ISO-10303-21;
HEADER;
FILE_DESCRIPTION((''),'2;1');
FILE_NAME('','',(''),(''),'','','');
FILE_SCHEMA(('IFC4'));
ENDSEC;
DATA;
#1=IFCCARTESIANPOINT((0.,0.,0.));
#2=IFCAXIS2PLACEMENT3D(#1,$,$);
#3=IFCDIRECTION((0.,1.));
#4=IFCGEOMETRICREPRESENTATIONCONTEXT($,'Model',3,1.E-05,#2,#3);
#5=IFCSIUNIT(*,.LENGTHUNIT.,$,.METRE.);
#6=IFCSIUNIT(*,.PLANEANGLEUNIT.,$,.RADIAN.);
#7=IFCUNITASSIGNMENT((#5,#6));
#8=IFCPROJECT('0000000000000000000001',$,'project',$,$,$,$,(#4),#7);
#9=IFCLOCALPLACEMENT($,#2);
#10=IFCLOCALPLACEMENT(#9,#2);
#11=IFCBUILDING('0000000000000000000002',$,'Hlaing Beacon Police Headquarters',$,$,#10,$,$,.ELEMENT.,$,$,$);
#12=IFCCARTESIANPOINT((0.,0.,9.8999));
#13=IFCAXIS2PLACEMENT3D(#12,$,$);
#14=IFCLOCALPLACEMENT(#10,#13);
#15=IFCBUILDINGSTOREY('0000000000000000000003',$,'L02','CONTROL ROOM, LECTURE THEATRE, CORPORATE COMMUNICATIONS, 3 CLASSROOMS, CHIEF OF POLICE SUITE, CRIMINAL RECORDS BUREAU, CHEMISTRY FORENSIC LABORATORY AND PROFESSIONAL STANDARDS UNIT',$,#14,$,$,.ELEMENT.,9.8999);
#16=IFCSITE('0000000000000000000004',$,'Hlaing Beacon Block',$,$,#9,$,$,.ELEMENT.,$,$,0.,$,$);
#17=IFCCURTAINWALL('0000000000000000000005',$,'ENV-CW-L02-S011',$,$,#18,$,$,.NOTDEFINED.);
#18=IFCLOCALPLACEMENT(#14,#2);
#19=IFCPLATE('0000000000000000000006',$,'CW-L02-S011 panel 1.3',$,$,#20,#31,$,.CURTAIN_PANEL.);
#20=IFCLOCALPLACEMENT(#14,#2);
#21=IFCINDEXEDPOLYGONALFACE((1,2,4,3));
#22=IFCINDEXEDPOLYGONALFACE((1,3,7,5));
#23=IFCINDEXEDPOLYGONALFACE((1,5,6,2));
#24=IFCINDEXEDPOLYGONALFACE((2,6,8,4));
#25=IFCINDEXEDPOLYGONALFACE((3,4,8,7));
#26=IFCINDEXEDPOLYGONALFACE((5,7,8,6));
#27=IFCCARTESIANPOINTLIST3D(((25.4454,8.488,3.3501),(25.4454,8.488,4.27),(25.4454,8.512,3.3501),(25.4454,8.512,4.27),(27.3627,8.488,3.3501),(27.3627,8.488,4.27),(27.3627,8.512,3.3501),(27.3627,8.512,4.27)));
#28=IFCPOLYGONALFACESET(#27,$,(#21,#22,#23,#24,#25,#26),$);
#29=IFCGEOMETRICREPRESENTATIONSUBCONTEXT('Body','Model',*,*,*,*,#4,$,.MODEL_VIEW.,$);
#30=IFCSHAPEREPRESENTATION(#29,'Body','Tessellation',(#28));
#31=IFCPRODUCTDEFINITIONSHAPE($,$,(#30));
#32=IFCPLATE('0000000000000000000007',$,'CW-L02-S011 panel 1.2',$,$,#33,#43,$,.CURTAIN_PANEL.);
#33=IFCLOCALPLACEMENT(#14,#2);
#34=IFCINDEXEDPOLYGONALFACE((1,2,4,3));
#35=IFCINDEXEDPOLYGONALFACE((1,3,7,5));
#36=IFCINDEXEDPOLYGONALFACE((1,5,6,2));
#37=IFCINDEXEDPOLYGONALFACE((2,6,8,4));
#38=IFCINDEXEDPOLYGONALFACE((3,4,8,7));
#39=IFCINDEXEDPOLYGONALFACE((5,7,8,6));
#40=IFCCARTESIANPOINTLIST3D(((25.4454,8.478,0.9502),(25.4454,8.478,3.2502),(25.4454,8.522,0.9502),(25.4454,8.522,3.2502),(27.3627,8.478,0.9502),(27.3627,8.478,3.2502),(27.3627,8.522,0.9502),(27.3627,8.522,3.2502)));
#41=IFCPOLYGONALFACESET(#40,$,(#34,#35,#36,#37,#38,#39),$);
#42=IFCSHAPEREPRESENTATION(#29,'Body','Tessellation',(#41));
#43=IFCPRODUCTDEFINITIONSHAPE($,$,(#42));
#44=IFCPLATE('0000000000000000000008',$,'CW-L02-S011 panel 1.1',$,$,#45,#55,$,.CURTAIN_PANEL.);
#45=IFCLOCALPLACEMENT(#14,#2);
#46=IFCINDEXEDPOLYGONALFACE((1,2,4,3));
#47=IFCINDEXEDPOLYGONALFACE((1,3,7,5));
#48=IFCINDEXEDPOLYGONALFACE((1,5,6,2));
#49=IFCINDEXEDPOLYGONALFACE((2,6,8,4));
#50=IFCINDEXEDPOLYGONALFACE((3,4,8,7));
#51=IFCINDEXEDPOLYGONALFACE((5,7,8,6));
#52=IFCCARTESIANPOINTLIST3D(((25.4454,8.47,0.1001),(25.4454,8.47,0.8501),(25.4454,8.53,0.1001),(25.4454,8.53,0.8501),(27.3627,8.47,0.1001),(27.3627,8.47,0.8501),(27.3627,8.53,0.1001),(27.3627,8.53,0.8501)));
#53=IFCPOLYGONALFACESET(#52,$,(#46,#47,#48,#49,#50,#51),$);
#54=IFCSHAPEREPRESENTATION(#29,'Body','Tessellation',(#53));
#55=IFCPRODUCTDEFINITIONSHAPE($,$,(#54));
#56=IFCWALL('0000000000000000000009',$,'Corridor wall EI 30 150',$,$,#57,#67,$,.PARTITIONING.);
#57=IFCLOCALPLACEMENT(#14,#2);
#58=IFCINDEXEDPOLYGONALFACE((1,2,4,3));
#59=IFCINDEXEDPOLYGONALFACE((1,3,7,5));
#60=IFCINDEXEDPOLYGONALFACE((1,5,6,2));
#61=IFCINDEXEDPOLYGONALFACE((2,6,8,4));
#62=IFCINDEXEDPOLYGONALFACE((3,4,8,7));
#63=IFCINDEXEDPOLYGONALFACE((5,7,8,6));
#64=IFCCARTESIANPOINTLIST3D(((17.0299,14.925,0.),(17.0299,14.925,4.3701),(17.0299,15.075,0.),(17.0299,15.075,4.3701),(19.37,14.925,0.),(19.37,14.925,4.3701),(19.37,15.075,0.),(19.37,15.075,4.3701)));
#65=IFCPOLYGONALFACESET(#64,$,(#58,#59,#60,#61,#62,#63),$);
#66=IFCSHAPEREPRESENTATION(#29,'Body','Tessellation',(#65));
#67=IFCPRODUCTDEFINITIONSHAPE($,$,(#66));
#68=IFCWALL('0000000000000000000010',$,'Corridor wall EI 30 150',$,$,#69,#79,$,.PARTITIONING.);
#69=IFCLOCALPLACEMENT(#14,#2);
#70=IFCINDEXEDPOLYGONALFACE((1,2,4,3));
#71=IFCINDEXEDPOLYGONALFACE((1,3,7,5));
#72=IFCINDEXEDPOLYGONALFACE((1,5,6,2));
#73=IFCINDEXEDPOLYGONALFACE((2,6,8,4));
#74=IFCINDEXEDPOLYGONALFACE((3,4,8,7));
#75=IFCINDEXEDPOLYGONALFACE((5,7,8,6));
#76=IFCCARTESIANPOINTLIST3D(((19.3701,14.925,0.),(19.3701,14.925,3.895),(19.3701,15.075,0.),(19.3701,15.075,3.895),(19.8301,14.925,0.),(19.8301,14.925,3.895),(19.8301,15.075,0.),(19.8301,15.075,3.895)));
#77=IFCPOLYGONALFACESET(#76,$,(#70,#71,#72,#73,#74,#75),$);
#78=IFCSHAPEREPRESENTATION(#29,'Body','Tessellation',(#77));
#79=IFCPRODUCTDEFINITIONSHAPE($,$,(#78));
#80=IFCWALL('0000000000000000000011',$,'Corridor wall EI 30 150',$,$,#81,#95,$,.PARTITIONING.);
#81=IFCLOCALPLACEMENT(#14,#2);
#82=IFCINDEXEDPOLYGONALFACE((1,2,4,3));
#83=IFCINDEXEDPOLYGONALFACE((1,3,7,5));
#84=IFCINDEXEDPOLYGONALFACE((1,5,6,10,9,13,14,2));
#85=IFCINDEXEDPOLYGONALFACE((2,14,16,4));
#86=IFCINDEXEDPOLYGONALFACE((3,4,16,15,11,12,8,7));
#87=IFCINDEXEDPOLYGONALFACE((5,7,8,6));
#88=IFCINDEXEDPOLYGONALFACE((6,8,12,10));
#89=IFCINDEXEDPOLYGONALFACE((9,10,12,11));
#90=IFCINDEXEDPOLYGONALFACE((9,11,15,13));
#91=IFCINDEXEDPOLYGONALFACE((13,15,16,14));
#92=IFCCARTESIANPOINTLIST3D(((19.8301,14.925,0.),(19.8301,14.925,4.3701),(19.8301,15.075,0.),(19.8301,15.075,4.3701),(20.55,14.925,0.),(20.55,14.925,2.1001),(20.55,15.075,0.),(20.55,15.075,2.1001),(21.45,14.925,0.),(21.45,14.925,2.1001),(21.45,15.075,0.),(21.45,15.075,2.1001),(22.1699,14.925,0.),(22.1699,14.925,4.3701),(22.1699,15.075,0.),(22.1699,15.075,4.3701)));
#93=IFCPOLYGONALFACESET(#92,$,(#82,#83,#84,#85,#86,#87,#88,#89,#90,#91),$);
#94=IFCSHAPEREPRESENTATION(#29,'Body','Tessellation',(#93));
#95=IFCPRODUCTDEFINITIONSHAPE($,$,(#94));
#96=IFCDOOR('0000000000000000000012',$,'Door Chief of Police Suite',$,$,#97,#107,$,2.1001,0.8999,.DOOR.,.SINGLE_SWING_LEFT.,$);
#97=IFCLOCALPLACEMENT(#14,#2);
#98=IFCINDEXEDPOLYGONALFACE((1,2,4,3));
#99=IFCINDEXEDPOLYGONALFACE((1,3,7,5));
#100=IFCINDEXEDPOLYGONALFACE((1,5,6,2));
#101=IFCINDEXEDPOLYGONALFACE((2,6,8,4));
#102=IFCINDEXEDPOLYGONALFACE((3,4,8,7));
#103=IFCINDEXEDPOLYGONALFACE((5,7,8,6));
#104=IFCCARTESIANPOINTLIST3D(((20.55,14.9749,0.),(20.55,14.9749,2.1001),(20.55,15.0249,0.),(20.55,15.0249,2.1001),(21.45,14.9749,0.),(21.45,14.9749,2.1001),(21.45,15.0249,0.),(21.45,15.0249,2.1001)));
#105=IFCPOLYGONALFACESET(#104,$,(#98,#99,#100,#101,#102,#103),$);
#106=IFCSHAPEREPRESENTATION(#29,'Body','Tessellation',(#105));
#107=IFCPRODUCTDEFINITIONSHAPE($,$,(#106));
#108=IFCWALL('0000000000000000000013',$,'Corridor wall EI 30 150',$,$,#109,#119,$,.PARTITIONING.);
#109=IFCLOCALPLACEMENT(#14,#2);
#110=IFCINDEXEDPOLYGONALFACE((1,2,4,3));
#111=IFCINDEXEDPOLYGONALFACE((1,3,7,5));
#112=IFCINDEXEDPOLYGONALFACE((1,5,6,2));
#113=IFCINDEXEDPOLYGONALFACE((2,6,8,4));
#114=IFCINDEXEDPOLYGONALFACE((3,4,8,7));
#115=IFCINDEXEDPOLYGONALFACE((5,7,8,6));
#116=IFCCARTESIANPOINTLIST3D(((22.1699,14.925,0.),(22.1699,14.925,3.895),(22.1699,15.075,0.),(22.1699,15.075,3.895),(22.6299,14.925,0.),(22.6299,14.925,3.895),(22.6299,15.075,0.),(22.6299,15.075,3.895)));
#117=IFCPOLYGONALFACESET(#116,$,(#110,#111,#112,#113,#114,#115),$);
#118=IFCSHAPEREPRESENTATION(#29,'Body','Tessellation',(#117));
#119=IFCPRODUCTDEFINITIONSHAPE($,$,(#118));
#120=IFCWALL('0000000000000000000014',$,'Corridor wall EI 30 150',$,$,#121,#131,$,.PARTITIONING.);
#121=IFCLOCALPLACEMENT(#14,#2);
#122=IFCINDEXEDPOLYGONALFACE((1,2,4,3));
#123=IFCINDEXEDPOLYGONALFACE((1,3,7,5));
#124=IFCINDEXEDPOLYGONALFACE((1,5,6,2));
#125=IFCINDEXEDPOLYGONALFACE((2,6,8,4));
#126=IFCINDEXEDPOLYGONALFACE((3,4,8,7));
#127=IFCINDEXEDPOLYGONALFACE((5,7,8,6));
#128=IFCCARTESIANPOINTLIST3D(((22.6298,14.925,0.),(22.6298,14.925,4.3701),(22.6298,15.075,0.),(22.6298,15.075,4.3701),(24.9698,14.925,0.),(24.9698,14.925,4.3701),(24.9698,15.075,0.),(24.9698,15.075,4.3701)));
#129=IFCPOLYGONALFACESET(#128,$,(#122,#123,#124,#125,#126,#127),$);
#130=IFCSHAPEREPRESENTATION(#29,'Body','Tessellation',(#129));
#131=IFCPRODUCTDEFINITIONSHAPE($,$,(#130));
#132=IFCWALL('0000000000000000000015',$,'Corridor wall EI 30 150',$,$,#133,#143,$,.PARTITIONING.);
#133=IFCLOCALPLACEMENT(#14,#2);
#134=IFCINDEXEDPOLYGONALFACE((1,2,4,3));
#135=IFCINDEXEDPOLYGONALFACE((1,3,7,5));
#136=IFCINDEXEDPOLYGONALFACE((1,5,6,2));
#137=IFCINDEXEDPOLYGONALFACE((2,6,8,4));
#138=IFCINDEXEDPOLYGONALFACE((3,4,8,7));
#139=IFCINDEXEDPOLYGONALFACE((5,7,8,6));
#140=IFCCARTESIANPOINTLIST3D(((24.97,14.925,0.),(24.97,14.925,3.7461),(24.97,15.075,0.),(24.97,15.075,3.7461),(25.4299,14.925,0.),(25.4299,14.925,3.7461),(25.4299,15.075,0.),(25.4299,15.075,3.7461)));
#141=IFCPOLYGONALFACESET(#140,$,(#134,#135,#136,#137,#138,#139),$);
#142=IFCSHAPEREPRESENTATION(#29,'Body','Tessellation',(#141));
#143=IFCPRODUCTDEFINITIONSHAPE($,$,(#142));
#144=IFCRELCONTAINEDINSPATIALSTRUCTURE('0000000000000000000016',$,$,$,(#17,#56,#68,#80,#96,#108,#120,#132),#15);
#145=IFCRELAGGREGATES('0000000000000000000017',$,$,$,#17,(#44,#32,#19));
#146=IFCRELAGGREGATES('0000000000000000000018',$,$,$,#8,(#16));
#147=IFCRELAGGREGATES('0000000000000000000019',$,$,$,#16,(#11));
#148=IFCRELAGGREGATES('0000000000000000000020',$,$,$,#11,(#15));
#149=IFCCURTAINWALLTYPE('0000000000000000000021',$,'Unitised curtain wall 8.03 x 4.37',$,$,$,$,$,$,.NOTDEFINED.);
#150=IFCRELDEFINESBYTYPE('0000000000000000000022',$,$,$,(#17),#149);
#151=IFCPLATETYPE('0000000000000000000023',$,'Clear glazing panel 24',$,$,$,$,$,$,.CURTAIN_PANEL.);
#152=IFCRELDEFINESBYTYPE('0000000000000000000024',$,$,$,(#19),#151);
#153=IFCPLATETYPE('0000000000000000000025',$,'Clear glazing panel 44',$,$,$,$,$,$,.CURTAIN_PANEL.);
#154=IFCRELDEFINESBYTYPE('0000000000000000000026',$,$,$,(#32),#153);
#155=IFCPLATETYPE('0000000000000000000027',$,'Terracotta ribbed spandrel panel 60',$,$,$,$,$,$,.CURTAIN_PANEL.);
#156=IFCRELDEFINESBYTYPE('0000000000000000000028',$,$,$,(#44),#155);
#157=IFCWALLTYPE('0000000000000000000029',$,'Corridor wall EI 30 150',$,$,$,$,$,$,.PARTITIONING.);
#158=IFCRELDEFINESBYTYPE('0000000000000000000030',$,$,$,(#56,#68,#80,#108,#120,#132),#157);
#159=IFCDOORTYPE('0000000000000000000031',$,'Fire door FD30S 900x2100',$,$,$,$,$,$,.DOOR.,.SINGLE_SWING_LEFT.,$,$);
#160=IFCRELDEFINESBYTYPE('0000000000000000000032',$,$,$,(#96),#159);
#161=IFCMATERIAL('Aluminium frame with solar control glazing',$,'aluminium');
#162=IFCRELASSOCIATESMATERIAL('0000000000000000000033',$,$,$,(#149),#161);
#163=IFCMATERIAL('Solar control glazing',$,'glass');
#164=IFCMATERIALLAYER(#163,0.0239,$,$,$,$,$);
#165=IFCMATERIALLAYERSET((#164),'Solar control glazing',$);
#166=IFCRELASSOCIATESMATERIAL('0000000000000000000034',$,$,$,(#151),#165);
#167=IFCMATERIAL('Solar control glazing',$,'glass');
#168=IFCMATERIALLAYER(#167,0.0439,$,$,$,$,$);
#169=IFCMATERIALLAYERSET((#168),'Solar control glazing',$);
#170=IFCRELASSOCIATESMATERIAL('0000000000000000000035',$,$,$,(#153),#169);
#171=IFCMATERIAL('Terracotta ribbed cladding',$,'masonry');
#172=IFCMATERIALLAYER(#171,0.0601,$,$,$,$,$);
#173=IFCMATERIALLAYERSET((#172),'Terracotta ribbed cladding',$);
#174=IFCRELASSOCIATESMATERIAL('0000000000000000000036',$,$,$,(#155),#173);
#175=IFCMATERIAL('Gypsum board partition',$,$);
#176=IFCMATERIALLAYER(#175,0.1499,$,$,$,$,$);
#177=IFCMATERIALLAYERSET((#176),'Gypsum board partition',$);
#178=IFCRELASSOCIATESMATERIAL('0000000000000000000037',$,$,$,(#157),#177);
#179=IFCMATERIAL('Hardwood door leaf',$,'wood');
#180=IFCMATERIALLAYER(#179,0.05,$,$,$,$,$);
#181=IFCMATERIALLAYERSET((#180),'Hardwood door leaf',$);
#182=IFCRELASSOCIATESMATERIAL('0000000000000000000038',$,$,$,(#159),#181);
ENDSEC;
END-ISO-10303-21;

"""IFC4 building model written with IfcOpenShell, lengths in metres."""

from ifc_helpers import new_model, si_unit, direction, frame, frame_2d, origin, origin_2d, place, context, subcontext, project, spatial, rectangle, extrude, material, layer, layer_set, type_object, element, fill, aggregate, save


model = new_model("IFC4")

# Units and contexts
model_context = context("Model", 3, precision=1e-05, world=origin(), true_north=direction((0.0, 1.0)))
body_context = subcontext(model_context, "Body", "Model", "MODEL_VIEW")
ifc_project = project(units=[si_unit("LENGTHUNIT", "METRE"), si_unit("PLANEANGLEUNIT", "RADIAN")], contexts=[model_context])

# Site, building, storey
site_placement = place(None, origin())
site = spatial("IfcSite", under=ifc_project, at=site_placement, Name="Hlaing Beacon Block", CompositionType="ELEMENT", RefElevation=0.0)
building_placement = place(site_placement, origin())
building = spatial("IfcBuilding", under=site, at=building_placement, Name="Hlaing Beacon Police Headquarters", CompositionType="ELEMENT")
storey_placement = place(building_placement, frame((0.0, 0.0, 9.8999)))
storey = spatial("IfcBuildingStorey", under=building, at=storey_placement, Name="L02", Description="CONTROL ROOM, LECTURE THEATRE, CORPORATE COMMUNICATIONS, 3 CLASSROOMS, CHIEF OF POLICE SUITE, CRIMINAL RECORDS BUREAU, CHEMISTRY FORENSIC LABORATORY AND PROFESSIONAL STANDARDS UNIT", CompositionType="ELEMENT", Elevation=9.8999)

# Curtain wall, plates
ifc_material_1 = material(Name="Aluminium frame with solar control glazing", Category="aluminium")
curtain_wall_type_1 = type_object("IfcCurtainWallType", Name="Unitised curtain wall 8.03 x 4.37", PredefinedType="NOTDEFINED", material=ifc_material_1)
curtain_wall_1_placement = place(storey_placement, origin())
curtain_wall_1 = element("IfcCurtainWall", 1, at=curtain_wall_1_placement, inside=storey, type_object=curtain_wall_type_1, Name="ENV-CW-L02-S011", PredefinedType="NOTDEFINED")
ifc_material_2 = material(Name="Solar control glazing", Category="glass")
ifc_layer_1 = layer(ifc_material_2, 0.0239)
ifc_layer_set_1 = layer_set([ifc_layer_1], Name="Solar control glazing")
plate_type_1 = type_object("IfcPlateType", Name="Clear glazing panel 24", PredefinedType="CURTAIN_PANEL", material=ifc_layer_set_1)
plate_1_placement = place(storey_placement, frame((26.4041, 8.5, 3.3501), z_axis=(0.0, 0.0, 1.0), x_axis=(1.0, 0.0, 0.0)))
plate_1 = element("IfcPlate", 2, at=plate_1_placement, type_object=plate_type_1, Name="CW-L02-S011 panel 1.3", PredefinedType="CURTAIN_PANEL", context=body_context, shape_type="SweptSolid", body=[
    extrude(rectangle(XDim=1.9172, YDim=0.0239, at=origin_2d()), origin(), (0.0, 0.0, 1.0), 0.9199),
])
ifc_material_3 = material(Name="Solar control glazing", Category="glass")
ifc_layer_2 = layer(ifc_material_3, 0.0439)
ifc_layer_set_2 = layer_set([ifc_layer_2], Name="Solar control glazing")
plate_type_2 = type_object("IfcPlateType", Name="Clear glazing panel 44", PredefinedType="CURTAIN_PANEL", material=ifc_layer_set_2)
plate_2_placement = place(storey_placement, frame((26.4041, 8.5, 0.9502), z_axis=(0.0, 0.0, 1.0), x_axis=(1.0, 0.0, 0.0)))
plate_2 = element("IfcPlate", 3, at=plate_2_placement, type_object=plate_type_2, Name="CW-L02-S011 panel 1.2", PredefinedType="CURTAIN_PANEL", context=body_context, shape_type="SweptSolid", body=[
    extrude(rectangle(XDim=1.9172, YDim=0.0439, at=origin_2d()), origin(), (0.0, 0.0, 1.0), 2.3),
])
ifc_material_4 = material(Name="Terracotta ribbed cladding", Category="masonry")
ifc_layer_3 = layer(ifc_material_4, 0.0601)
ifc_layer_set_3 = layer_set([ifc_layer_3], Name="Terracotta ribbed cladding")
plate_type_3 = type_object("IfcPlateType", Name="Terracotta ribbed spandrel panel 60", PredefinedType="CURTAIN_PANEL", material=ifc_layer_set_3)
plate_3_placement = place(storey_placement, frame((26.4041, 8.5, 0.1001), z_axis=(0.0, 0.0, 1.0), x_axis=(1.0, 0.0, 0.0)))
plate_3 = element("IfcPlate", 4, at=plate_3_placement, type_object=plate_type_3, Name="CW-L02-S011 panel 1.1", PredefinedType="CURTAIN_PANEL", context=body_context, shape_type="SweptSolid", body=[
    extrude(rectangle(XDim=1.9172, YDim=0.0601, at=origin_2d()), origin(), (0.0, 0.0, 1.0), 0.75),
])
aggregate(curtain_wall_1, [plate_3, plate_2, plate_1])

# Walls
ifc_material_5 = material(Name="Gypsum board partition")
ifc_layer_4 = layer(ifc_material_5, 0.1499)
ifc_layer_set_4 = layer_set([ifc_layer_4], Name="Gypsum board partition")
wall_type = type_object("IfcWallType", Name="Corridor wall EI 30 150", PredefinedType="PARTITIONING", material=ifc_layer_set_4)
wall_1_placement = place(storey_placement, frame((17.03, 15.0, 0.0), z_axis=(0.0, 0.0, 1.0), x_axis=(1.0, 0.0, 0.0)))
element("IfcWall", 5, at=wall_1_placement, inside=storey, type_object=wall_type, Name="Corridor wall EI 30 150", PredefinedType="PARTITIONING", context=body_context, shape_type="SweptSolid", body=[
    extrude(rectangle(XDim=2.3401, YDim=0.1499, at=frame_2d((1.1699, 0.0))), origin(), (0.0, 0.0, 1.0), 4.3701),
])
wall_2_placement = place(storey_placement, frame((19.3701, 15.0, 0.0), z_axis=(0.0, 0.0, 1.0), x_axis=(1.0, 0.0, 0.0)))
element("IfcWall", 6, at=wall_2_placement, inside=storey, type_object=wall_type, Name="Corridor wall EI 30 150", PredefinedType="PARTITIONING", context=body_context, shape_type="SweptSolid", body=[
    extrude(rectangle(XDim=0.46, YDim=0.1499, at=frame_2d((0.23, 0.0))), origin(), (0.0, 0.0, 1.0), 3.895),
])

# Wall, opening, door
wall_3_placement = place(storey_placement, frame((19.8301, 15.0, 0.0), z_axis=(0.0, 0.0, 1.0), x_axis=(1.0, 0.0, 0.0)))
wall_3 = element("IfcWall", 7, at=wall_3_placement, inside=storey, type_object=wall_type, Name="Corridor wall EI 30 150", PredefinedType="PARTITIONING", context=body_context, shape_type="SweptSolid", body=[
    extrude(rectangle(XDim=2.3398, YDim=0.1499, at=frame_2d((1.1699, 0.0))), origin(), (0.0, 0.0, 1.0), 4.3701),
])
opening_placement = place(wall_3_placement, frame((0.72, 0.0, 0.0)))
opening = element("IfcOpeningElement", 8, at=opening_placement, cuts=wall_3, PredefinedType="OPENING", context=body_context, shape_type="SweptSolid", body=[
    extrude(rectangle(XDim=0.8999, YDim=2.1001, at=frame_2d((0.45, 1.05))), frame((0.0, 0.085, 0.0), z_axis=(0.0, -1.0, 0.0), x_axis=(1.0, 0.0, 0.0)), (0.0, 0.0, 1.0), 0.1699),
])
ifc_material_6 = material(Name="Hardwood door leaf", Category="wood")
ifc_layer_5 = layer(ifc_material_6, 0.05)
ifc_layer_set_5 = layer_set([ifc_layer_5], Name="Hardwood door leaf")
door_type = type_object("IfcDoorType", Name="Fire door FD30S 900x2100", OperationType="SINGLE_SWING_LEFT", PredefinedType="DOOR", material=ifc_layer_set_5)
door_placement = place(opening_placement, frame((0.8999, 0.0, 0.0), z_axis=(0.0, 0.0, 1.0), x_axis=(-1.0, 0.0, 0.0)))
door = element("IfcDoor", 9, at=door_placement, inside=storey, type_object=door_type, Name="Door Chief of Police Suite", OperationType="SINGLE_SWING_LEFT", OverallHeight=2.1001, OverallWidth=0.8999, PredefinedType="DOOR", context=body_context, shape_type="SweptSolid", body=[
    extrude(rectangle(XDim=0.8999, YDim=2.1001, at=frame_2d((0.45, 1.05))), frame((0.0, 0.0251, 0.0), z_axis=(0.0, -1.0, 0.0), x_axis=(1.0, 0.0, 0.0)), (0.0, 0.0, 1.0), 0.05),
])
fill(opening, door)

# Walls
wall_4_placement = place(storey_placement, frame((22.1699, 15.0, 0.0), z_axis=(0.0, 0.0, 1.0), x_axis=(1.0, 0.0, 0.0)))
element("IfcWall", 10, at=wall_4_placement, inside=storey, type_object=wall_type, Name="Corridor wall EI 30 150", PredefinedType="PARTITIONING", context=body_context, shape_type="SweptSolid", body=[
    extrude(rectangle(XDim=0.46, YDim=0.1499, at=frame_2d((0.23, 0.0))), origin(), (0.0, 0.0, 1.0), 3.895),
])
wall_5_placement = place(storey_placement, frame((22.6299, 15.0, 0.0), z_axis=(0.0, 0.0, 1.0), x_axis=(1.0, 0.0, 0.0)))
element("IfcWall", 11, at=wall_5_placement, inside=storey, type_object=wall_type, Name="Corridor wall EI 30 150", PredefinedType="PARTITIONING", context=body_context, shape_type="SweptSolid", body=[
    extrude(rectangle(XDim=2.3401, YDim=0.1499, at=frame_2d((1.1699, 0.0))), origin(), (0.0, 0.0, 1.0), 4.3701),
])
wall_6_placement = place(storey_placement, frame((24.97, 15.0, 0.0), z_axis=(0.0, 0.0, 1.0), x_axis=(1.0, 0.0, 0.0)))
element("IfcWall", 12, at=wall_6_placement, inside=storey, type_object=wall_type, Name="Corridor wall EI 30 150", PredefinedType="PARTITIONING", context=body_context, shape_type="SweptSolid", body=[
    extrude(rectangle(XDim=0.46, YDim=0.1499, at=frame_2d((0.23, 0.0))), origin(), (0.0, 0.0, 1.0), 3.7461),
])

save(model, "model.ifc")
